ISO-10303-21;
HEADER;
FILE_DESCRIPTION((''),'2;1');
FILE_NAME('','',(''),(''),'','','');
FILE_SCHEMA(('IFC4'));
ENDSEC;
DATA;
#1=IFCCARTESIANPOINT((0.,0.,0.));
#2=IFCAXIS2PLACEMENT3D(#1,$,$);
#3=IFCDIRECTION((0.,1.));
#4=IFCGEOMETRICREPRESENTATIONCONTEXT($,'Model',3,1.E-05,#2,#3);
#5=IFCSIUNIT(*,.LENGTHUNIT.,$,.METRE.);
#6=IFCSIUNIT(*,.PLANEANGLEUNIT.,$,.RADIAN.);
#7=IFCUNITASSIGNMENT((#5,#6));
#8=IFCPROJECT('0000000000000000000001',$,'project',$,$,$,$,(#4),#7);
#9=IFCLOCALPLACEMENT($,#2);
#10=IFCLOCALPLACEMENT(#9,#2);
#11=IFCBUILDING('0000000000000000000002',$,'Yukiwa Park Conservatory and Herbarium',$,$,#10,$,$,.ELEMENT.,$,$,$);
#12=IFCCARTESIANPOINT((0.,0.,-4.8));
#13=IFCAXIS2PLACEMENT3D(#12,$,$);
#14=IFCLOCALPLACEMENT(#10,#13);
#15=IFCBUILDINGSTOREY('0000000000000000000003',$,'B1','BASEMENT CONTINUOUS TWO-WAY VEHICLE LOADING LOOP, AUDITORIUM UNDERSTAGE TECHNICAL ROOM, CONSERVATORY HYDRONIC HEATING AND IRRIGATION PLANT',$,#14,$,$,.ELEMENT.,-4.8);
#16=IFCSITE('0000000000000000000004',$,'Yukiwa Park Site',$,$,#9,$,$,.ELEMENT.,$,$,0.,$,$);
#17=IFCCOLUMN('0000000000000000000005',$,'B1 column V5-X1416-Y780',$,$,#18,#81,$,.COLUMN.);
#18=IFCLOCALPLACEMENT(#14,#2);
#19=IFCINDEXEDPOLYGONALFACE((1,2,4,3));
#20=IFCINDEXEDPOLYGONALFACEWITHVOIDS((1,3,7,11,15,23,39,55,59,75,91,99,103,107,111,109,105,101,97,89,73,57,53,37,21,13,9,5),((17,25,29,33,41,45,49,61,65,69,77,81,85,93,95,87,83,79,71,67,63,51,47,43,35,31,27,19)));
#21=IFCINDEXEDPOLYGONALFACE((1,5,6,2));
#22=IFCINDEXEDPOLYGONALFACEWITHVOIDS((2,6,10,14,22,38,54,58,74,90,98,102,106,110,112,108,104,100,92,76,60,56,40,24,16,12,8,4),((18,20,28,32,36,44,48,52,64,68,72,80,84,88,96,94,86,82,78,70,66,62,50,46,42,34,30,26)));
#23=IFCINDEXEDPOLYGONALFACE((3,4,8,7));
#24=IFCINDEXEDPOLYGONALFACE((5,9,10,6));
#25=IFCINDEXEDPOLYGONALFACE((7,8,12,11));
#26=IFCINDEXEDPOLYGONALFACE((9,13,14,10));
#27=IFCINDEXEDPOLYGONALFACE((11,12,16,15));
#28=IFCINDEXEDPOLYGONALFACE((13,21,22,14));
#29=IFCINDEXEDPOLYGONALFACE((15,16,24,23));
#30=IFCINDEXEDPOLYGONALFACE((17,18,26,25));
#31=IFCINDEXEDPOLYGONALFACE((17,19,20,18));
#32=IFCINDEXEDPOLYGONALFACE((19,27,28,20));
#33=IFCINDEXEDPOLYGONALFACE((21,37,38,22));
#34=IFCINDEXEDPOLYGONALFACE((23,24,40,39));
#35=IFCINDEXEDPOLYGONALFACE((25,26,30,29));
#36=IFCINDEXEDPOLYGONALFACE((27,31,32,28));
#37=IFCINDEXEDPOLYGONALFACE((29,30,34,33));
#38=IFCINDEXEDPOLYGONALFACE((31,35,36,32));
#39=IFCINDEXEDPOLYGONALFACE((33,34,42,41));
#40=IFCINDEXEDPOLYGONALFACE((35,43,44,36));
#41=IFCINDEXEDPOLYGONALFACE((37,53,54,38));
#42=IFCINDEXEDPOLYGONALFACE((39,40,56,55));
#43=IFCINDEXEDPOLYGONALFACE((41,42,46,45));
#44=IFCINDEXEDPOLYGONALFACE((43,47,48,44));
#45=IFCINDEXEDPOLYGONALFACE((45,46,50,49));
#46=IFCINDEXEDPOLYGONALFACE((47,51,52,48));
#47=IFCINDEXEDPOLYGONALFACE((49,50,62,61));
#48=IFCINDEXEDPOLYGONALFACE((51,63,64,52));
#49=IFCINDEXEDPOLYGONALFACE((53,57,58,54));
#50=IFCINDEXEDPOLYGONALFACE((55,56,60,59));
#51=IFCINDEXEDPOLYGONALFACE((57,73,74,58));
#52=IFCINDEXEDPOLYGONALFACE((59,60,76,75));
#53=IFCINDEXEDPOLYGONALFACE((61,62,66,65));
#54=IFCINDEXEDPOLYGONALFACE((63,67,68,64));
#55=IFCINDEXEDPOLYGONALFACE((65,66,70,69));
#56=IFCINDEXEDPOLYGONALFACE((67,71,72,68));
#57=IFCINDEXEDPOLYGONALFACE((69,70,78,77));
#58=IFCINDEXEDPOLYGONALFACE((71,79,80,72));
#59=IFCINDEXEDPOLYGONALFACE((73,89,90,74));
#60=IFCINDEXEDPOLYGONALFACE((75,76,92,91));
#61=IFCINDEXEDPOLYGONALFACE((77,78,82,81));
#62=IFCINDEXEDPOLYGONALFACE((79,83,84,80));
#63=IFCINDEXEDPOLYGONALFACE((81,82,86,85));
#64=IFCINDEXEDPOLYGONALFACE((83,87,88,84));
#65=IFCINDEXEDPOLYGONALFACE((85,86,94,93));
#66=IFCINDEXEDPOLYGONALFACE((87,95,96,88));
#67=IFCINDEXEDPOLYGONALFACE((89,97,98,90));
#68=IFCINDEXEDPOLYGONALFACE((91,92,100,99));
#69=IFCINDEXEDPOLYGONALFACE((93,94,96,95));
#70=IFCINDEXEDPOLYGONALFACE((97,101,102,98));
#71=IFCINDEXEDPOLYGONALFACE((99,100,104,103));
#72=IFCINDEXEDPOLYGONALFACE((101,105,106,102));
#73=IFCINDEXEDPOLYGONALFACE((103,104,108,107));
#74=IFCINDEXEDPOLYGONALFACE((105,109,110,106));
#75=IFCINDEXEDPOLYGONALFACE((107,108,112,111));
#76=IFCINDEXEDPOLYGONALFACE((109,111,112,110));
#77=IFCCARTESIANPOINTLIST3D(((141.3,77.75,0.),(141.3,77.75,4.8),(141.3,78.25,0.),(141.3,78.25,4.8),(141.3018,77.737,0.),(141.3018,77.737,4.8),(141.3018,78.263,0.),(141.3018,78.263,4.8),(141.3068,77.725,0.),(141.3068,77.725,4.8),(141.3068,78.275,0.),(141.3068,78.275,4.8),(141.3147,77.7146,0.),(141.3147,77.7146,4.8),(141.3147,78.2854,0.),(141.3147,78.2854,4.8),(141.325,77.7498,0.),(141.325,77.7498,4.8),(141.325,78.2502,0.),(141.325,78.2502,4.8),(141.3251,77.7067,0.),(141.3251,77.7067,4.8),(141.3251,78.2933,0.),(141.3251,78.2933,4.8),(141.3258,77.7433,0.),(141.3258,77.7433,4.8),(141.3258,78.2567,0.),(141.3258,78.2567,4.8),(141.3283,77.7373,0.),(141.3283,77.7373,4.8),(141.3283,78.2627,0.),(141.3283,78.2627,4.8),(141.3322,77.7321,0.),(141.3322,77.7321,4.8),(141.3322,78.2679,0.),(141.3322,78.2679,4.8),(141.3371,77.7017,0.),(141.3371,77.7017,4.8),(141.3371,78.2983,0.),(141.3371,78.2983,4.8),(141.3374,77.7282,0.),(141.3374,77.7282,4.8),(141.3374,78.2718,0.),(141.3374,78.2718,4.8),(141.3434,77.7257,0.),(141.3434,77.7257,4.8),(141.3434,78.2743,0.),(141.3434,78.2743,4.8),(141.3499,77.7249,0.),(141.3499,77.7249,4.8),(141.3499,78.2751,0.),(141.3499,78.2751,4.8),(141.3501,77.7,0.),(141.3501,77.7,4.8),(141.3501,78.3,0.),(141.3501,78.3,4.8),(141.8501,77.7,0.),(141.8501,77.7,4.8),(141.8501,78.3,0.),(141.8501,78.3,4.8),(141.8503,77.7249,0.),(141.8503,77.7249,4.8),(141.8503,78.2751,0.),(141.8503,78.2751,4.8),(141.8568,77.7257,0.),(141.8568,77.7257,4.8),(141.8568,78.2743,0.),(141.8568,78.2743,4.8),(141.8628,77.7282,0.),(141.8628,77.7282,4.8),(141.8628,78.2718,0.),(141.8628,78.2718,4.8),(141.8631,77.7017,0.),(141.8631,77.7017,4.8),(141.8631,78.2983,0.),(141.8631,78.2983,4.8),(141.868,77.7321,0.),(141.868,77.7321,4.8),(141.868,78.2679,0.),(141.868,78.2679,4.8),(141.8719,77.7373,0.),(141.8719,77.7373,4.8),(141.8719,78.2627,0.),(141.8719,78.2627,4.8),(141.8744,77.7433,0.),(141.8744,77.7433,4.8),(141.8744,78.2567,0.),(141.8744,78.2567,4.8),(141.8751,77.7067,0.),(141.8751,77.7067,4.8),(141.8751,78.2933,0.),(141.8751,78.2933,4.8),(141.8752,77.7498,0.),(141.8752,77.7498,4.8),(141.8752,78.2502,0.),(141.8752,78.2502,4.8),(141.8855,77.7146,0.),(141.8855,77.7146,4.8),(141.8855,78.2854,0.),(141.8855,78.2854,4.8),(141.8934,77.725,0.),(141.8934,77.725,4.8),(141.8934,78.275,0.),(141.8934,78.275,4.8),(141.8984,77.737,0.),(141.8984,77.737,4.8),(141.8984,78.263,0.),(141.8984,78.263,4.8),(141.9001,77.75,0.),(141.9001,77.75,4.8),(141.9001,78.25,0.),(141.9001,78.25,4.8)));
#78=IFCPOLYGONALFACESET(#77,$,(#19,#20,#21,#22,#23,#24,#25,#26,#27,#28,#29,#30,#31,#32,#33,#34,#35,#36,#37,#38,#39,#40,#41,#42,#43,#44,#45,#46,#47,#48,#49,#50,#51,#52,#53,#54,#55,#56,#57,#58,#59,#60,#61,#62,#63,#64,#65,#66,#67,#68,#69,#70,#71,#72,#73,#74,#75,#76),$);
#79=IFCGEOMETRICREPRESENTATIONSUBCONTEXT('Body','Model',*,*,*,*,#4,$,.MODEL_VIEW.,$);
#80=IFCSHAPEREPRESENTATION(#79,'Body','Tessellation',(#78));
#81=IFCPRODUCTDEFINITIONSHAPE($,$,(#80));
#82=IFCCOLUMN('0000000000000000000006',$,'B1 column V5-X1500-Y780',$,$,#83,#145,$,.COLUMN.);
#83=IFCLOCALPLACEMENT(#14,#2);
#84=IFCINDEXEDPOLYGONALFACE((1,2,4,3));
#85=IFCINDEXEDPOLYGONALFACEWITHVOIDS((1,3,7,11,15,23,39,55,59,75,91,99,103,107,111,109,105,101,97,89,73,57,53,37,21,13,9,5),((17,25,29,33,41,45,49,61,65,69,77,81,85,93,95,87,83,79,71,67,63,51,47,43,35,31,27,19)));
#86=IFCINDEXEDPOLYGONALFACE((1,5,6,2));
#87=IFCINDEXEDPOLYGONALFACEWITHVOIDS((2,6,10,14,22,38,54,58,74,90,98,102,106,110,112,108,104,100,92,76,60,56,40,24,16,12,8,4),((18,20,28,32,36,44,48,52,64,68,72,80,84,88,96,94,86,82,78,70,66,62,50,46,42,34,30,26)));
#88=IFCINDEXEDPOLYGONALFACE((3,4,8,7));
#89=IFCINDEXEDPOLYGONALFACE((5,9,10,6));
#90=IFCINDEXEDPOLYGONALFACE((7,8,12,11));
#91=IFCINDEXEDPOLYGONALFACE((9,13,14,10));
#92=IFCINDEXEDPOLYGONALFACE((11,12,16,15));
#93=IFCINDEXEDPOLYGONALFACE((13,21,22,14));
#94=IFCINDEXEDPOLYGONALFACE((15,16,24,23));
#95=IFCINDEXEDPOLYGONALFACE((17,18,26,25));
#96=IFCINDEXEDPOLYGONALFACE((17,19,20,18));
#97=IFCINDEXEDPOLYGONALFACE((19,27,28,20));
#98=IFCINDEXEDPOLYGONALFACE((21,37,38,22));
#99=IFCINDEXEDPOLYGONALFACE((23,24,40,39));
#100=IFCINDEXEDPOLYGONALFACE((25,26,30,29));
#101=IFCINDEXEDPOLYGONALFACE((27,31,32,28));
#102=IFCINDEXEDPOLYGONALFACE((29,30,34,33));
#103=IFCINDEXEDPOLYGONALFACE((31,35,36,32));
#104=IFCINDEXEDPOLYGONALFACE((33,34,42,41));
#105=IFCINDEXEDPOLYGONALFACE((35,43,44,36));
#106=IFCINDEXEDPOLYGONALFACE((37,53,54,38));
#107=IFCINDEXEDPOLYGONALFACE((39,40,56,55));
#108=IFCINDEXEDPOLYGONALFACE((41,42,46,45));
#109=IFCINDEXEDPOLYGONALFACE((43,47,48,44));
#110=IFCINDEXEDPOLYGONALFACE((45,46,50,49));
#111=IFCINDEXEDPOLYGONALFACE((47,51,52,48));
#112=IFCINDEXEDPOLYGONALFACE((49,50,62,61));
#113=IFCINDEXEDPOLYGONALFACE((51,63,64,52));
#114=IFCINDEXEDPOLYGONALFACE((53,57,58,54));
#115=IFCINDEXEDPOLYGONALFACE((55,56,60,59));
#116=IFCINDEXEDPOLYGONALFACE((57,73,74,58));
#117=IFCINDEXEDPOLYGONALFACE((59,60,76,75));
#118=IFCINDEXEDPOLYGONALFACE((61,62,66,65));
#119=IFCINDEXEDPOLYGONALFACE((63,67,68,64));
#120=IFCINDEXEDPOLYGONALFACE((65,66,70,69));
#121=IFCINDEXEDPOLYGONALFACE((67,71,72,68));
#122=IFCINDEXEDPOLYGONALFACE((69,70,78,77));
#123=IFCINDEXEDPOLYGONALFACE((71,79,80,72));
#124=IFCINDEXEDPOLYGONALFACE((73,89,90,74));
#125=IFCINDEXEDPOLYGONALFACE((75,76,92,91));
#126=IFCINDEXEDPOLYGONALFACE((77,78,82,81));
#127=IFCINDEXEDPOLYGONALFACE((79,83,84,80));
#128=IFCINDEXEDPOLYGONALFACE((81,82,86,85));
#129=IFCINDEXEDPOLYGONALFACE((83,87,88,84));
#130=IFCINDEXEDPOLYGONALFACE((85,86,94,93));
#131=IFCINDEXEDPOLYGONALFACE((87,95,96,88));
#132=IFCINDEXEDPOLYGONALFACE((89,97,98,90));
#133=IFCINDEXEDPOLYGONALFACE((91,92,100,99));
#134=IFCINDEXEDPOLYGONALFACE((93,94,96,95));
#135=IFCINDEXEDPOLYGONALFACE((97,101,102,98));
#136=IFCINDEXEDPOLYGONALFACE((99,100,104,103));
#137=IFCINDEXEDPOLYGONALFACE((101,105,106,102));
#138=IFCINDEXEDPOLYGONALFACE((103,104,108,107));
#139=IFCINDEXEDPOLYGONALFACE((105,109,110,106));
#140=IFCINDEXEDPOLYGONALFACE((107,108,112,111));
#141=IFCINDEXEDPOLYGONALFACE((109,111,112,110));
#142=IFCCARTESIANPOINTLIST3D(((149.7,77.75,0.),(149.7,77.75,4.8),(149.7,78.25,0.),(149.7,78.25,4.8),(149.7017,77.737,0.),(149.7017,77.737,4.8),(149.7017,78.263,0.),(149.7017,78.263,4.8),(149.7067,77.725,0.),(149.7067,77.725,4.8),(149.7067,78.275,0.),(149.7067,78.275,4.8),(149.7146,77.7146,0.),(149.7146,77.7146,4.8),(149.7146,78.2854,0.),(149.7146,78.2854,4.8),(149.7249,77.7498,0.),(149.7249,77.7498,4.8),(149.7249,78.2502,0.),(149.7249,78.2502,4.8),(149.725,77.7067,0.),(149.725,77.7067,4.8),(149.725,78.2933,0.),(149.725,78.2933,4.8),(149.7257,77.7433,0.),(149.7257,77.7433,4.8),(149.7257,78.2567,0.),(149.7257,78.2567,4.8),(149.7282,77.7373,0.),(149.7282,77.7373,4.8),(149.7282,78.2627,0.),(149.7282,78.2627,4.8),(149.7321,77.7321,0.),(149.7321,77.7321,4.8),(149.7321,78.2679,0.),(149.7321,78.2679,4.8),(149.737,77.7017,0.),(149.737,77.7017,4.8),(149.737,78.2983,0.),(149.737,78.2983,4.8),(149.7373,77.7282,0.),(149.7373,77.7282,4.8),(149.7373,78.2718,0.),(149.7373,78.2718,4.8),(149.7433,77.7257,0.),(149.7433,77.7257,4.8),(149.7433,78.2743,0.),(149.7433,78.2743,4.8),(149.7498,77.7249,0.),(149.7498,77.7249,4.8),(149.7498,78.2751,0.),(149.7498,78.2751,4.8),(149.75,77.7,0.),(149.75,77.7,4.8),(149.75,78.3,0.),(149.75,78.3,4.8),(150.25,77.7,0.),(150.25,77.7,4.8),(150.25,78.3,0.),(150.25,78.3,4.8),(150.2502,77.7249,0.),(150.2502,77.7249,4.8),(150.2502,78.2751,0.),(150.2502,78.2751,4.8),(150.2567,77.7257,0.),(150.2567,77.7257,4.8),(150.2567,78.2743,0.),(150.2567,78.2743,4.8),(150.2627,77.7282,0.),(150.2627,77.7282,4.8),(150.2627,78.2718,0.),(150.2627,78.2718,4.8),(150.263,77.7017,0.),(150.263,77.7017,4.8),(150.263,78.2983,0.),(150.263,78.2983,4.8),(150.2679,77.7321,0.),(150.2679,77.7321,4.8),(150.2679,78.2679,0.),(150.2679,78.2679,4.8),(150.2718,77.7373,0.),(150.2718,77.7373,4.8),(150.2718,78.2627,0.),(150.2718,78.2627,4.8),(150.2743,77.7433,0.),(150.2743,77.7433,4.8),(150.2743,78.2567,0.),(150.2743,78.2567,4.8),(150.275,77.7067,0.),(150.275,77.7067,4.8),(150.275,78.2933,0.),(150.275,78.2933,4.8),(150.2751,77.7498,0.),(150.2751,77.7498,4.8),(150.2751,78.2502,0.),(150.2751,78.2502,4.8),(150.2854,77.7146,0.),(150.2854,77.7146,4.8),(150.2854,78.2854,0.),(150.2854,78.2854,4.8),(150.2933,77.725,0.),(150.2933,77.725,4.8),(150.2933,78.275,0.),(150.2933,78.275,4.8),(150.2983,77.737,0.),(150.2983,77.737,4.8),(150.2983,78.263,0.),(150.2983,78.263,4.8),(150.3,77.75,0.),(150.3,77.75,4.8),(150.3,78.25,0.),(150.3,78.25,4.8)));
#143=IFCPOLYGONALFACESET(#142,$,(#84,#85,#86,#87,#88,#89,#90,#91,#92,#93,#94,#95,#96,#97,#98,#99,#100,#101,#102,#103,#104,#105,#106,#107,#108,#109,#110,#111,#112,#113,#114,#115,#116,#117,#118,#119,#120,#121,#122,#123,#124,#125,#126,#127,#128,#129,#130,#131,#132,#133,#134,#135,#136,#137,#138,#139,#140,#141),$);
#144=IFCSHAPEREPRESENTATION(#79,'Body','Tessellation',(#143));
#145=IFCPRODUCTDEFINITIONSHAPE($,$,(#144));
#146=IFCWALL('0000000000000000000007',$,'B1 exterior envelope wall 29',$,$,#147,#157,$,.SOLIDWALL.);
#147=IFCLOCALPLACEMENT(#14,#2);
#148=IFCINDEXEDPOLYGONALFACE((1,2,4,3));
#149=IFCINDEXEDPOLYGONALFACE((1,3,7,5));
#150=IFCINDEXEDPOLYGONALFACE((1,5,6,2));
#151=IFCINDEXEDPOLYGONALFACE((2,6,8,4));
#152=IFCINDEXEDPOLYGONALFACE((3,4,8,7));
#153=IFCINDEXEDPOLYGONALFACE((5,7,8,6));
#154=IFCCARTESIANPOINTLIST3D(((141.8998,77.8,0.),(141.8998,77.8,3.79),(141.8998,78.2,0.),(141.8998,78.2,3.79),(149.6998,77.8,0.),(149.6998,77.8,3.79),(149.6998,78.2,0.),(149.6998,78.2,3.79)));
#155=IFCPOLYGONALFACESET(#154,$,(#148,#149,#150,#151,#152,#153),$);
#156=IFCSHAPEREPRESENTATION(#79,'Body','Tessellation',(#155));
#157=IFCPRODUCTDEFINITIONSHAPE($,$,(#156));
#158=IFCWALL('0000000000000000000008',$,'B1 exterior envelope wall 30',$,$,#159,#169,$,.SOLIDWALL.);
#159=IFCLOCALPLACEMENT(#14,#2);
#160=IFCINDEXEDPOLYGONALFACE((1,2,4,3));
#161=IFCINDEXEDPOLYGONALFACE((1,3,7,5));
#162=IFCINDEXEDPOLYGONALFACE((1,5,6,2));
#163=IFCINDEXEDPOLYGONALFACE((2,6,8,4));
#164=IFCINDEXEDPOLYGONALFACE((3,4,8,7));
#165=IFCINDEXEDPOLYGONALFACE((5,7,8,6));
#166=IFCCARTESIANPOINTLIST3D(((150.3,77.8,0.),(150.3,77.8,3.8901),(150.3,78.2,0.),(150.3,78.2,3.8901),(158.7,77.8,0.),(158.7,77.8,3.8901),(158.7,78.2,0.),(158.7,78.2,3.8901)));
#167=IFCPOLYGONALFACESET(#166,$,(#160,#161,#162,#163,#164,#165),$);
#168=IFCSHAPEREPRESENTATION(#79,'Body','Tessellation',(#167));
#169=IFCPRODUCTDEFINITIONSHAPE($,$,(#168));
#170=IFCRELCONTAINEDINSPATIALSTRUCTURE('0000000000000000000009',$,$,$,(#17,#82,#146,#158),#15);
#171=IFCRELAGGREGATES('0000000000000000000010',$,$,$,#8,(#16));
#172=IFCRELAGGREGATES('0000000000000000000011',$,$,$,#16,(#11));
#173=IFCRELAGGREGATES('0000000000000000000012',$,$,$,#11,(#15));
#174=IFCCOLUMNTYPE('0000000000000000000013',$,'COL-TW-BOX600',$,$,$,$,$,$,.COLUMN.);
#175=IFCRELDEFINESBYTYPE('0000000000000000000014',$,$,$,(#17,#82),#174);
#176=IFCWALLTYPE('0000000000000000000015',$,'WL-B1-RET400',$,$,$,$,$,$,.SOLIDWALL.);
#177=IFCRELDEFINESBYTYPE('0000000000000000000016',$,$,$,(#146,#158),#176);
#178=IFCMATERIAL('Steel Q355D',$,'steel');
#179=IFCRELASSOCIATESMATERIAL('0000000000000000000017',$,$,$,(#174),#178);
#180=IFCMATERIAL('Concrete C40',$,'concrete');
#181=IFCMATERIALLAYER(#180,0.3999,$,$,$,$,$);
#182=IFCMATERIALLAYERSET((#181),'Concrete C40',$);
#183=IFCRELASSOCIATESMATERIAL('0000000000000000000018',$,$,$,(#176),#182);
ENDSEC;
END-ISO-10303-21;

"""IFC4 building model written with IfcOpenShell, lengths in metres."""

from ifc_helpers import new_model, si_unit, direction, frame, frame_2d, origin, origin_2d, place, context, subcontext, project, spatial, rectangle, hollow_rectangle, extrude, material, layer, layer_set, material_profile, profile_set, type_object, element, save


model = new_model("IFC4")

# Units and contexts
model_context = context("Model", 3, precision=1e-05, world=origin(), true_north=direction((0.0, 1.0)))
body_context = subcontext(model_context, "Body", "Model", "MODEL_VIEW")
ifc_project = project(units=[si_unit("LENGTHUNIT", "METRE"), si_unit("PLANEANGLEUNIT", "RADIAN")], contexts=[model_context])

# Site, building, storey
site_placement = place(None, origin())
site = spatial("IfcSite", under=ifc_project, at=site_placement, Name="Yukiwa Park Site", CompositionType="ELEMENT", RefElevation=0.0)
building_placement = place(site_placement, origin())
building = spatial("IfcBuilding", under=site, at=building_placement, Name="Yukiwa Park Conservatory and Herbarium", CompositionType="ELEMENT")
storey_placement = place(building_placement, frame((0.0, 0.0, -4.8)))
storey = spatial("IfcBuildingStorey", under=building, at=storey_placement, Name="B1", Description="BASEMENT CONTINUOUS TWO-WAY VEHICLE LOADING LOOP, AUDITORIUM UNDERSTAGE TECHNICAL ROOM, CONSERVATORY HYDRONIC HEATING AND IRRIGATION PLANT", CompositionType="ELEMENT", Elevation=-4.8)

# Columns
ifc_material_1 = material(Name="Steel Q355D", Category="steel")
ifc_material_profile_1 = material_profile(ifc_material_1, hollow_rectangle(XDim=0.6001, YDim=0.6001, WallThickness=0.0249, InnerFilletRadius=0.0249, OuterFilletRadius=0.05, at=origin_2d()), Name="BOX 600x600x25")
ifc_profile_set_1 = profile_set([ifc_material_profile_1], Name="Steel Q355D")
column_type_1 = type_object("IfcColumnType", Name="COL-TW-BOX600", PredefinedType="COLUMN", material=ifc_profile_set_1)
for number, where, z_axis, x_axis, name in (
    (1, (141.6001, 78.0, 0.0), (0.0, 0.0, 1.0), (1.0, 0.0, 0.0), "B1 column V5-X1416-Y780"),
    (2, (150.0, 78.0, 0.0), (0.0, 0.0, 1.0), (1.0, 0.0, 0.0), "B1 column V5-X1500-Y780"),
):
    element("IfcColumn", number, at=place(storey_placement, frame(where, z_axis=z_axis, x_axis=x_axis)), inside=storey, type_object=column_type_1, Name=name, PredefinedType="COLUMN", context=body_context, shape_type="SweptSolid", body=[
        extrude(hollow_rectangle(XDim=0.6001, YDim=0.6001, WallThickness=0.0249, InnerFilletRadius=0.0249, OuterFilletRadius=0.05, at=origin_2d()), origin(), (0.0, 0.0, 1.0), 4.8),
    ])

# Walls
ifc_material_2 = material(Name="Concrete C40", Category="concrete")
ifc_layer = layer(ifc_material_2, 0.3999)
ifc_layer_set = layer_set([ifc_layer], Name="Concrete C40")
wall_type = type_object("IfcWallType", Name="WL-B1-RET400", PredefinedType="SOLIDWALL", material=ifc_layer_set)
wall_1_placement = place(storey_placement, frame((141.8999, 78.0, 0.0), z_axis=(0.0, 0.0, 1.0), x_axis=(1.0, 0.0, 0.0)))
element("IfcWall", 3, at=wall_1_placement, inside=storey, type_object=wall_type, Name="B1 exterior envelope wall 29", PredefinedType="SOLIDWALL", context=body_context, shape_type="SweptSolid", body=[
    extrude(rectangle(XDim=7.8, YDim=0.3999, at=frame_2d((3.8999, 0.0))), origin(), (0.0, 0.0, 1.0), 3.79),
])
wall_2_placement = place(storey_placement, frame((150.3, 78.0, 0.0), z_axis=(0.0, 0.0, 1.0), x_axis=(1.0, 0.0, 0.0)))
element("IfcWall", 4, at=wall_2_placement, inside=storey, type_object=wall_type, Name="B1 exterior envelope wall 30", PredefinedType="SOLIDWALL", context=body_context, shape_type="SweptSolid", body=[
    extrude(rectangle(XDim=8.3999, YDim=0.3999, at=frame_2d((4.2, 0.0))), origin(), (0.0, 0.0, 1.0), 3.8901),
])

save(model, "model.ifc")
